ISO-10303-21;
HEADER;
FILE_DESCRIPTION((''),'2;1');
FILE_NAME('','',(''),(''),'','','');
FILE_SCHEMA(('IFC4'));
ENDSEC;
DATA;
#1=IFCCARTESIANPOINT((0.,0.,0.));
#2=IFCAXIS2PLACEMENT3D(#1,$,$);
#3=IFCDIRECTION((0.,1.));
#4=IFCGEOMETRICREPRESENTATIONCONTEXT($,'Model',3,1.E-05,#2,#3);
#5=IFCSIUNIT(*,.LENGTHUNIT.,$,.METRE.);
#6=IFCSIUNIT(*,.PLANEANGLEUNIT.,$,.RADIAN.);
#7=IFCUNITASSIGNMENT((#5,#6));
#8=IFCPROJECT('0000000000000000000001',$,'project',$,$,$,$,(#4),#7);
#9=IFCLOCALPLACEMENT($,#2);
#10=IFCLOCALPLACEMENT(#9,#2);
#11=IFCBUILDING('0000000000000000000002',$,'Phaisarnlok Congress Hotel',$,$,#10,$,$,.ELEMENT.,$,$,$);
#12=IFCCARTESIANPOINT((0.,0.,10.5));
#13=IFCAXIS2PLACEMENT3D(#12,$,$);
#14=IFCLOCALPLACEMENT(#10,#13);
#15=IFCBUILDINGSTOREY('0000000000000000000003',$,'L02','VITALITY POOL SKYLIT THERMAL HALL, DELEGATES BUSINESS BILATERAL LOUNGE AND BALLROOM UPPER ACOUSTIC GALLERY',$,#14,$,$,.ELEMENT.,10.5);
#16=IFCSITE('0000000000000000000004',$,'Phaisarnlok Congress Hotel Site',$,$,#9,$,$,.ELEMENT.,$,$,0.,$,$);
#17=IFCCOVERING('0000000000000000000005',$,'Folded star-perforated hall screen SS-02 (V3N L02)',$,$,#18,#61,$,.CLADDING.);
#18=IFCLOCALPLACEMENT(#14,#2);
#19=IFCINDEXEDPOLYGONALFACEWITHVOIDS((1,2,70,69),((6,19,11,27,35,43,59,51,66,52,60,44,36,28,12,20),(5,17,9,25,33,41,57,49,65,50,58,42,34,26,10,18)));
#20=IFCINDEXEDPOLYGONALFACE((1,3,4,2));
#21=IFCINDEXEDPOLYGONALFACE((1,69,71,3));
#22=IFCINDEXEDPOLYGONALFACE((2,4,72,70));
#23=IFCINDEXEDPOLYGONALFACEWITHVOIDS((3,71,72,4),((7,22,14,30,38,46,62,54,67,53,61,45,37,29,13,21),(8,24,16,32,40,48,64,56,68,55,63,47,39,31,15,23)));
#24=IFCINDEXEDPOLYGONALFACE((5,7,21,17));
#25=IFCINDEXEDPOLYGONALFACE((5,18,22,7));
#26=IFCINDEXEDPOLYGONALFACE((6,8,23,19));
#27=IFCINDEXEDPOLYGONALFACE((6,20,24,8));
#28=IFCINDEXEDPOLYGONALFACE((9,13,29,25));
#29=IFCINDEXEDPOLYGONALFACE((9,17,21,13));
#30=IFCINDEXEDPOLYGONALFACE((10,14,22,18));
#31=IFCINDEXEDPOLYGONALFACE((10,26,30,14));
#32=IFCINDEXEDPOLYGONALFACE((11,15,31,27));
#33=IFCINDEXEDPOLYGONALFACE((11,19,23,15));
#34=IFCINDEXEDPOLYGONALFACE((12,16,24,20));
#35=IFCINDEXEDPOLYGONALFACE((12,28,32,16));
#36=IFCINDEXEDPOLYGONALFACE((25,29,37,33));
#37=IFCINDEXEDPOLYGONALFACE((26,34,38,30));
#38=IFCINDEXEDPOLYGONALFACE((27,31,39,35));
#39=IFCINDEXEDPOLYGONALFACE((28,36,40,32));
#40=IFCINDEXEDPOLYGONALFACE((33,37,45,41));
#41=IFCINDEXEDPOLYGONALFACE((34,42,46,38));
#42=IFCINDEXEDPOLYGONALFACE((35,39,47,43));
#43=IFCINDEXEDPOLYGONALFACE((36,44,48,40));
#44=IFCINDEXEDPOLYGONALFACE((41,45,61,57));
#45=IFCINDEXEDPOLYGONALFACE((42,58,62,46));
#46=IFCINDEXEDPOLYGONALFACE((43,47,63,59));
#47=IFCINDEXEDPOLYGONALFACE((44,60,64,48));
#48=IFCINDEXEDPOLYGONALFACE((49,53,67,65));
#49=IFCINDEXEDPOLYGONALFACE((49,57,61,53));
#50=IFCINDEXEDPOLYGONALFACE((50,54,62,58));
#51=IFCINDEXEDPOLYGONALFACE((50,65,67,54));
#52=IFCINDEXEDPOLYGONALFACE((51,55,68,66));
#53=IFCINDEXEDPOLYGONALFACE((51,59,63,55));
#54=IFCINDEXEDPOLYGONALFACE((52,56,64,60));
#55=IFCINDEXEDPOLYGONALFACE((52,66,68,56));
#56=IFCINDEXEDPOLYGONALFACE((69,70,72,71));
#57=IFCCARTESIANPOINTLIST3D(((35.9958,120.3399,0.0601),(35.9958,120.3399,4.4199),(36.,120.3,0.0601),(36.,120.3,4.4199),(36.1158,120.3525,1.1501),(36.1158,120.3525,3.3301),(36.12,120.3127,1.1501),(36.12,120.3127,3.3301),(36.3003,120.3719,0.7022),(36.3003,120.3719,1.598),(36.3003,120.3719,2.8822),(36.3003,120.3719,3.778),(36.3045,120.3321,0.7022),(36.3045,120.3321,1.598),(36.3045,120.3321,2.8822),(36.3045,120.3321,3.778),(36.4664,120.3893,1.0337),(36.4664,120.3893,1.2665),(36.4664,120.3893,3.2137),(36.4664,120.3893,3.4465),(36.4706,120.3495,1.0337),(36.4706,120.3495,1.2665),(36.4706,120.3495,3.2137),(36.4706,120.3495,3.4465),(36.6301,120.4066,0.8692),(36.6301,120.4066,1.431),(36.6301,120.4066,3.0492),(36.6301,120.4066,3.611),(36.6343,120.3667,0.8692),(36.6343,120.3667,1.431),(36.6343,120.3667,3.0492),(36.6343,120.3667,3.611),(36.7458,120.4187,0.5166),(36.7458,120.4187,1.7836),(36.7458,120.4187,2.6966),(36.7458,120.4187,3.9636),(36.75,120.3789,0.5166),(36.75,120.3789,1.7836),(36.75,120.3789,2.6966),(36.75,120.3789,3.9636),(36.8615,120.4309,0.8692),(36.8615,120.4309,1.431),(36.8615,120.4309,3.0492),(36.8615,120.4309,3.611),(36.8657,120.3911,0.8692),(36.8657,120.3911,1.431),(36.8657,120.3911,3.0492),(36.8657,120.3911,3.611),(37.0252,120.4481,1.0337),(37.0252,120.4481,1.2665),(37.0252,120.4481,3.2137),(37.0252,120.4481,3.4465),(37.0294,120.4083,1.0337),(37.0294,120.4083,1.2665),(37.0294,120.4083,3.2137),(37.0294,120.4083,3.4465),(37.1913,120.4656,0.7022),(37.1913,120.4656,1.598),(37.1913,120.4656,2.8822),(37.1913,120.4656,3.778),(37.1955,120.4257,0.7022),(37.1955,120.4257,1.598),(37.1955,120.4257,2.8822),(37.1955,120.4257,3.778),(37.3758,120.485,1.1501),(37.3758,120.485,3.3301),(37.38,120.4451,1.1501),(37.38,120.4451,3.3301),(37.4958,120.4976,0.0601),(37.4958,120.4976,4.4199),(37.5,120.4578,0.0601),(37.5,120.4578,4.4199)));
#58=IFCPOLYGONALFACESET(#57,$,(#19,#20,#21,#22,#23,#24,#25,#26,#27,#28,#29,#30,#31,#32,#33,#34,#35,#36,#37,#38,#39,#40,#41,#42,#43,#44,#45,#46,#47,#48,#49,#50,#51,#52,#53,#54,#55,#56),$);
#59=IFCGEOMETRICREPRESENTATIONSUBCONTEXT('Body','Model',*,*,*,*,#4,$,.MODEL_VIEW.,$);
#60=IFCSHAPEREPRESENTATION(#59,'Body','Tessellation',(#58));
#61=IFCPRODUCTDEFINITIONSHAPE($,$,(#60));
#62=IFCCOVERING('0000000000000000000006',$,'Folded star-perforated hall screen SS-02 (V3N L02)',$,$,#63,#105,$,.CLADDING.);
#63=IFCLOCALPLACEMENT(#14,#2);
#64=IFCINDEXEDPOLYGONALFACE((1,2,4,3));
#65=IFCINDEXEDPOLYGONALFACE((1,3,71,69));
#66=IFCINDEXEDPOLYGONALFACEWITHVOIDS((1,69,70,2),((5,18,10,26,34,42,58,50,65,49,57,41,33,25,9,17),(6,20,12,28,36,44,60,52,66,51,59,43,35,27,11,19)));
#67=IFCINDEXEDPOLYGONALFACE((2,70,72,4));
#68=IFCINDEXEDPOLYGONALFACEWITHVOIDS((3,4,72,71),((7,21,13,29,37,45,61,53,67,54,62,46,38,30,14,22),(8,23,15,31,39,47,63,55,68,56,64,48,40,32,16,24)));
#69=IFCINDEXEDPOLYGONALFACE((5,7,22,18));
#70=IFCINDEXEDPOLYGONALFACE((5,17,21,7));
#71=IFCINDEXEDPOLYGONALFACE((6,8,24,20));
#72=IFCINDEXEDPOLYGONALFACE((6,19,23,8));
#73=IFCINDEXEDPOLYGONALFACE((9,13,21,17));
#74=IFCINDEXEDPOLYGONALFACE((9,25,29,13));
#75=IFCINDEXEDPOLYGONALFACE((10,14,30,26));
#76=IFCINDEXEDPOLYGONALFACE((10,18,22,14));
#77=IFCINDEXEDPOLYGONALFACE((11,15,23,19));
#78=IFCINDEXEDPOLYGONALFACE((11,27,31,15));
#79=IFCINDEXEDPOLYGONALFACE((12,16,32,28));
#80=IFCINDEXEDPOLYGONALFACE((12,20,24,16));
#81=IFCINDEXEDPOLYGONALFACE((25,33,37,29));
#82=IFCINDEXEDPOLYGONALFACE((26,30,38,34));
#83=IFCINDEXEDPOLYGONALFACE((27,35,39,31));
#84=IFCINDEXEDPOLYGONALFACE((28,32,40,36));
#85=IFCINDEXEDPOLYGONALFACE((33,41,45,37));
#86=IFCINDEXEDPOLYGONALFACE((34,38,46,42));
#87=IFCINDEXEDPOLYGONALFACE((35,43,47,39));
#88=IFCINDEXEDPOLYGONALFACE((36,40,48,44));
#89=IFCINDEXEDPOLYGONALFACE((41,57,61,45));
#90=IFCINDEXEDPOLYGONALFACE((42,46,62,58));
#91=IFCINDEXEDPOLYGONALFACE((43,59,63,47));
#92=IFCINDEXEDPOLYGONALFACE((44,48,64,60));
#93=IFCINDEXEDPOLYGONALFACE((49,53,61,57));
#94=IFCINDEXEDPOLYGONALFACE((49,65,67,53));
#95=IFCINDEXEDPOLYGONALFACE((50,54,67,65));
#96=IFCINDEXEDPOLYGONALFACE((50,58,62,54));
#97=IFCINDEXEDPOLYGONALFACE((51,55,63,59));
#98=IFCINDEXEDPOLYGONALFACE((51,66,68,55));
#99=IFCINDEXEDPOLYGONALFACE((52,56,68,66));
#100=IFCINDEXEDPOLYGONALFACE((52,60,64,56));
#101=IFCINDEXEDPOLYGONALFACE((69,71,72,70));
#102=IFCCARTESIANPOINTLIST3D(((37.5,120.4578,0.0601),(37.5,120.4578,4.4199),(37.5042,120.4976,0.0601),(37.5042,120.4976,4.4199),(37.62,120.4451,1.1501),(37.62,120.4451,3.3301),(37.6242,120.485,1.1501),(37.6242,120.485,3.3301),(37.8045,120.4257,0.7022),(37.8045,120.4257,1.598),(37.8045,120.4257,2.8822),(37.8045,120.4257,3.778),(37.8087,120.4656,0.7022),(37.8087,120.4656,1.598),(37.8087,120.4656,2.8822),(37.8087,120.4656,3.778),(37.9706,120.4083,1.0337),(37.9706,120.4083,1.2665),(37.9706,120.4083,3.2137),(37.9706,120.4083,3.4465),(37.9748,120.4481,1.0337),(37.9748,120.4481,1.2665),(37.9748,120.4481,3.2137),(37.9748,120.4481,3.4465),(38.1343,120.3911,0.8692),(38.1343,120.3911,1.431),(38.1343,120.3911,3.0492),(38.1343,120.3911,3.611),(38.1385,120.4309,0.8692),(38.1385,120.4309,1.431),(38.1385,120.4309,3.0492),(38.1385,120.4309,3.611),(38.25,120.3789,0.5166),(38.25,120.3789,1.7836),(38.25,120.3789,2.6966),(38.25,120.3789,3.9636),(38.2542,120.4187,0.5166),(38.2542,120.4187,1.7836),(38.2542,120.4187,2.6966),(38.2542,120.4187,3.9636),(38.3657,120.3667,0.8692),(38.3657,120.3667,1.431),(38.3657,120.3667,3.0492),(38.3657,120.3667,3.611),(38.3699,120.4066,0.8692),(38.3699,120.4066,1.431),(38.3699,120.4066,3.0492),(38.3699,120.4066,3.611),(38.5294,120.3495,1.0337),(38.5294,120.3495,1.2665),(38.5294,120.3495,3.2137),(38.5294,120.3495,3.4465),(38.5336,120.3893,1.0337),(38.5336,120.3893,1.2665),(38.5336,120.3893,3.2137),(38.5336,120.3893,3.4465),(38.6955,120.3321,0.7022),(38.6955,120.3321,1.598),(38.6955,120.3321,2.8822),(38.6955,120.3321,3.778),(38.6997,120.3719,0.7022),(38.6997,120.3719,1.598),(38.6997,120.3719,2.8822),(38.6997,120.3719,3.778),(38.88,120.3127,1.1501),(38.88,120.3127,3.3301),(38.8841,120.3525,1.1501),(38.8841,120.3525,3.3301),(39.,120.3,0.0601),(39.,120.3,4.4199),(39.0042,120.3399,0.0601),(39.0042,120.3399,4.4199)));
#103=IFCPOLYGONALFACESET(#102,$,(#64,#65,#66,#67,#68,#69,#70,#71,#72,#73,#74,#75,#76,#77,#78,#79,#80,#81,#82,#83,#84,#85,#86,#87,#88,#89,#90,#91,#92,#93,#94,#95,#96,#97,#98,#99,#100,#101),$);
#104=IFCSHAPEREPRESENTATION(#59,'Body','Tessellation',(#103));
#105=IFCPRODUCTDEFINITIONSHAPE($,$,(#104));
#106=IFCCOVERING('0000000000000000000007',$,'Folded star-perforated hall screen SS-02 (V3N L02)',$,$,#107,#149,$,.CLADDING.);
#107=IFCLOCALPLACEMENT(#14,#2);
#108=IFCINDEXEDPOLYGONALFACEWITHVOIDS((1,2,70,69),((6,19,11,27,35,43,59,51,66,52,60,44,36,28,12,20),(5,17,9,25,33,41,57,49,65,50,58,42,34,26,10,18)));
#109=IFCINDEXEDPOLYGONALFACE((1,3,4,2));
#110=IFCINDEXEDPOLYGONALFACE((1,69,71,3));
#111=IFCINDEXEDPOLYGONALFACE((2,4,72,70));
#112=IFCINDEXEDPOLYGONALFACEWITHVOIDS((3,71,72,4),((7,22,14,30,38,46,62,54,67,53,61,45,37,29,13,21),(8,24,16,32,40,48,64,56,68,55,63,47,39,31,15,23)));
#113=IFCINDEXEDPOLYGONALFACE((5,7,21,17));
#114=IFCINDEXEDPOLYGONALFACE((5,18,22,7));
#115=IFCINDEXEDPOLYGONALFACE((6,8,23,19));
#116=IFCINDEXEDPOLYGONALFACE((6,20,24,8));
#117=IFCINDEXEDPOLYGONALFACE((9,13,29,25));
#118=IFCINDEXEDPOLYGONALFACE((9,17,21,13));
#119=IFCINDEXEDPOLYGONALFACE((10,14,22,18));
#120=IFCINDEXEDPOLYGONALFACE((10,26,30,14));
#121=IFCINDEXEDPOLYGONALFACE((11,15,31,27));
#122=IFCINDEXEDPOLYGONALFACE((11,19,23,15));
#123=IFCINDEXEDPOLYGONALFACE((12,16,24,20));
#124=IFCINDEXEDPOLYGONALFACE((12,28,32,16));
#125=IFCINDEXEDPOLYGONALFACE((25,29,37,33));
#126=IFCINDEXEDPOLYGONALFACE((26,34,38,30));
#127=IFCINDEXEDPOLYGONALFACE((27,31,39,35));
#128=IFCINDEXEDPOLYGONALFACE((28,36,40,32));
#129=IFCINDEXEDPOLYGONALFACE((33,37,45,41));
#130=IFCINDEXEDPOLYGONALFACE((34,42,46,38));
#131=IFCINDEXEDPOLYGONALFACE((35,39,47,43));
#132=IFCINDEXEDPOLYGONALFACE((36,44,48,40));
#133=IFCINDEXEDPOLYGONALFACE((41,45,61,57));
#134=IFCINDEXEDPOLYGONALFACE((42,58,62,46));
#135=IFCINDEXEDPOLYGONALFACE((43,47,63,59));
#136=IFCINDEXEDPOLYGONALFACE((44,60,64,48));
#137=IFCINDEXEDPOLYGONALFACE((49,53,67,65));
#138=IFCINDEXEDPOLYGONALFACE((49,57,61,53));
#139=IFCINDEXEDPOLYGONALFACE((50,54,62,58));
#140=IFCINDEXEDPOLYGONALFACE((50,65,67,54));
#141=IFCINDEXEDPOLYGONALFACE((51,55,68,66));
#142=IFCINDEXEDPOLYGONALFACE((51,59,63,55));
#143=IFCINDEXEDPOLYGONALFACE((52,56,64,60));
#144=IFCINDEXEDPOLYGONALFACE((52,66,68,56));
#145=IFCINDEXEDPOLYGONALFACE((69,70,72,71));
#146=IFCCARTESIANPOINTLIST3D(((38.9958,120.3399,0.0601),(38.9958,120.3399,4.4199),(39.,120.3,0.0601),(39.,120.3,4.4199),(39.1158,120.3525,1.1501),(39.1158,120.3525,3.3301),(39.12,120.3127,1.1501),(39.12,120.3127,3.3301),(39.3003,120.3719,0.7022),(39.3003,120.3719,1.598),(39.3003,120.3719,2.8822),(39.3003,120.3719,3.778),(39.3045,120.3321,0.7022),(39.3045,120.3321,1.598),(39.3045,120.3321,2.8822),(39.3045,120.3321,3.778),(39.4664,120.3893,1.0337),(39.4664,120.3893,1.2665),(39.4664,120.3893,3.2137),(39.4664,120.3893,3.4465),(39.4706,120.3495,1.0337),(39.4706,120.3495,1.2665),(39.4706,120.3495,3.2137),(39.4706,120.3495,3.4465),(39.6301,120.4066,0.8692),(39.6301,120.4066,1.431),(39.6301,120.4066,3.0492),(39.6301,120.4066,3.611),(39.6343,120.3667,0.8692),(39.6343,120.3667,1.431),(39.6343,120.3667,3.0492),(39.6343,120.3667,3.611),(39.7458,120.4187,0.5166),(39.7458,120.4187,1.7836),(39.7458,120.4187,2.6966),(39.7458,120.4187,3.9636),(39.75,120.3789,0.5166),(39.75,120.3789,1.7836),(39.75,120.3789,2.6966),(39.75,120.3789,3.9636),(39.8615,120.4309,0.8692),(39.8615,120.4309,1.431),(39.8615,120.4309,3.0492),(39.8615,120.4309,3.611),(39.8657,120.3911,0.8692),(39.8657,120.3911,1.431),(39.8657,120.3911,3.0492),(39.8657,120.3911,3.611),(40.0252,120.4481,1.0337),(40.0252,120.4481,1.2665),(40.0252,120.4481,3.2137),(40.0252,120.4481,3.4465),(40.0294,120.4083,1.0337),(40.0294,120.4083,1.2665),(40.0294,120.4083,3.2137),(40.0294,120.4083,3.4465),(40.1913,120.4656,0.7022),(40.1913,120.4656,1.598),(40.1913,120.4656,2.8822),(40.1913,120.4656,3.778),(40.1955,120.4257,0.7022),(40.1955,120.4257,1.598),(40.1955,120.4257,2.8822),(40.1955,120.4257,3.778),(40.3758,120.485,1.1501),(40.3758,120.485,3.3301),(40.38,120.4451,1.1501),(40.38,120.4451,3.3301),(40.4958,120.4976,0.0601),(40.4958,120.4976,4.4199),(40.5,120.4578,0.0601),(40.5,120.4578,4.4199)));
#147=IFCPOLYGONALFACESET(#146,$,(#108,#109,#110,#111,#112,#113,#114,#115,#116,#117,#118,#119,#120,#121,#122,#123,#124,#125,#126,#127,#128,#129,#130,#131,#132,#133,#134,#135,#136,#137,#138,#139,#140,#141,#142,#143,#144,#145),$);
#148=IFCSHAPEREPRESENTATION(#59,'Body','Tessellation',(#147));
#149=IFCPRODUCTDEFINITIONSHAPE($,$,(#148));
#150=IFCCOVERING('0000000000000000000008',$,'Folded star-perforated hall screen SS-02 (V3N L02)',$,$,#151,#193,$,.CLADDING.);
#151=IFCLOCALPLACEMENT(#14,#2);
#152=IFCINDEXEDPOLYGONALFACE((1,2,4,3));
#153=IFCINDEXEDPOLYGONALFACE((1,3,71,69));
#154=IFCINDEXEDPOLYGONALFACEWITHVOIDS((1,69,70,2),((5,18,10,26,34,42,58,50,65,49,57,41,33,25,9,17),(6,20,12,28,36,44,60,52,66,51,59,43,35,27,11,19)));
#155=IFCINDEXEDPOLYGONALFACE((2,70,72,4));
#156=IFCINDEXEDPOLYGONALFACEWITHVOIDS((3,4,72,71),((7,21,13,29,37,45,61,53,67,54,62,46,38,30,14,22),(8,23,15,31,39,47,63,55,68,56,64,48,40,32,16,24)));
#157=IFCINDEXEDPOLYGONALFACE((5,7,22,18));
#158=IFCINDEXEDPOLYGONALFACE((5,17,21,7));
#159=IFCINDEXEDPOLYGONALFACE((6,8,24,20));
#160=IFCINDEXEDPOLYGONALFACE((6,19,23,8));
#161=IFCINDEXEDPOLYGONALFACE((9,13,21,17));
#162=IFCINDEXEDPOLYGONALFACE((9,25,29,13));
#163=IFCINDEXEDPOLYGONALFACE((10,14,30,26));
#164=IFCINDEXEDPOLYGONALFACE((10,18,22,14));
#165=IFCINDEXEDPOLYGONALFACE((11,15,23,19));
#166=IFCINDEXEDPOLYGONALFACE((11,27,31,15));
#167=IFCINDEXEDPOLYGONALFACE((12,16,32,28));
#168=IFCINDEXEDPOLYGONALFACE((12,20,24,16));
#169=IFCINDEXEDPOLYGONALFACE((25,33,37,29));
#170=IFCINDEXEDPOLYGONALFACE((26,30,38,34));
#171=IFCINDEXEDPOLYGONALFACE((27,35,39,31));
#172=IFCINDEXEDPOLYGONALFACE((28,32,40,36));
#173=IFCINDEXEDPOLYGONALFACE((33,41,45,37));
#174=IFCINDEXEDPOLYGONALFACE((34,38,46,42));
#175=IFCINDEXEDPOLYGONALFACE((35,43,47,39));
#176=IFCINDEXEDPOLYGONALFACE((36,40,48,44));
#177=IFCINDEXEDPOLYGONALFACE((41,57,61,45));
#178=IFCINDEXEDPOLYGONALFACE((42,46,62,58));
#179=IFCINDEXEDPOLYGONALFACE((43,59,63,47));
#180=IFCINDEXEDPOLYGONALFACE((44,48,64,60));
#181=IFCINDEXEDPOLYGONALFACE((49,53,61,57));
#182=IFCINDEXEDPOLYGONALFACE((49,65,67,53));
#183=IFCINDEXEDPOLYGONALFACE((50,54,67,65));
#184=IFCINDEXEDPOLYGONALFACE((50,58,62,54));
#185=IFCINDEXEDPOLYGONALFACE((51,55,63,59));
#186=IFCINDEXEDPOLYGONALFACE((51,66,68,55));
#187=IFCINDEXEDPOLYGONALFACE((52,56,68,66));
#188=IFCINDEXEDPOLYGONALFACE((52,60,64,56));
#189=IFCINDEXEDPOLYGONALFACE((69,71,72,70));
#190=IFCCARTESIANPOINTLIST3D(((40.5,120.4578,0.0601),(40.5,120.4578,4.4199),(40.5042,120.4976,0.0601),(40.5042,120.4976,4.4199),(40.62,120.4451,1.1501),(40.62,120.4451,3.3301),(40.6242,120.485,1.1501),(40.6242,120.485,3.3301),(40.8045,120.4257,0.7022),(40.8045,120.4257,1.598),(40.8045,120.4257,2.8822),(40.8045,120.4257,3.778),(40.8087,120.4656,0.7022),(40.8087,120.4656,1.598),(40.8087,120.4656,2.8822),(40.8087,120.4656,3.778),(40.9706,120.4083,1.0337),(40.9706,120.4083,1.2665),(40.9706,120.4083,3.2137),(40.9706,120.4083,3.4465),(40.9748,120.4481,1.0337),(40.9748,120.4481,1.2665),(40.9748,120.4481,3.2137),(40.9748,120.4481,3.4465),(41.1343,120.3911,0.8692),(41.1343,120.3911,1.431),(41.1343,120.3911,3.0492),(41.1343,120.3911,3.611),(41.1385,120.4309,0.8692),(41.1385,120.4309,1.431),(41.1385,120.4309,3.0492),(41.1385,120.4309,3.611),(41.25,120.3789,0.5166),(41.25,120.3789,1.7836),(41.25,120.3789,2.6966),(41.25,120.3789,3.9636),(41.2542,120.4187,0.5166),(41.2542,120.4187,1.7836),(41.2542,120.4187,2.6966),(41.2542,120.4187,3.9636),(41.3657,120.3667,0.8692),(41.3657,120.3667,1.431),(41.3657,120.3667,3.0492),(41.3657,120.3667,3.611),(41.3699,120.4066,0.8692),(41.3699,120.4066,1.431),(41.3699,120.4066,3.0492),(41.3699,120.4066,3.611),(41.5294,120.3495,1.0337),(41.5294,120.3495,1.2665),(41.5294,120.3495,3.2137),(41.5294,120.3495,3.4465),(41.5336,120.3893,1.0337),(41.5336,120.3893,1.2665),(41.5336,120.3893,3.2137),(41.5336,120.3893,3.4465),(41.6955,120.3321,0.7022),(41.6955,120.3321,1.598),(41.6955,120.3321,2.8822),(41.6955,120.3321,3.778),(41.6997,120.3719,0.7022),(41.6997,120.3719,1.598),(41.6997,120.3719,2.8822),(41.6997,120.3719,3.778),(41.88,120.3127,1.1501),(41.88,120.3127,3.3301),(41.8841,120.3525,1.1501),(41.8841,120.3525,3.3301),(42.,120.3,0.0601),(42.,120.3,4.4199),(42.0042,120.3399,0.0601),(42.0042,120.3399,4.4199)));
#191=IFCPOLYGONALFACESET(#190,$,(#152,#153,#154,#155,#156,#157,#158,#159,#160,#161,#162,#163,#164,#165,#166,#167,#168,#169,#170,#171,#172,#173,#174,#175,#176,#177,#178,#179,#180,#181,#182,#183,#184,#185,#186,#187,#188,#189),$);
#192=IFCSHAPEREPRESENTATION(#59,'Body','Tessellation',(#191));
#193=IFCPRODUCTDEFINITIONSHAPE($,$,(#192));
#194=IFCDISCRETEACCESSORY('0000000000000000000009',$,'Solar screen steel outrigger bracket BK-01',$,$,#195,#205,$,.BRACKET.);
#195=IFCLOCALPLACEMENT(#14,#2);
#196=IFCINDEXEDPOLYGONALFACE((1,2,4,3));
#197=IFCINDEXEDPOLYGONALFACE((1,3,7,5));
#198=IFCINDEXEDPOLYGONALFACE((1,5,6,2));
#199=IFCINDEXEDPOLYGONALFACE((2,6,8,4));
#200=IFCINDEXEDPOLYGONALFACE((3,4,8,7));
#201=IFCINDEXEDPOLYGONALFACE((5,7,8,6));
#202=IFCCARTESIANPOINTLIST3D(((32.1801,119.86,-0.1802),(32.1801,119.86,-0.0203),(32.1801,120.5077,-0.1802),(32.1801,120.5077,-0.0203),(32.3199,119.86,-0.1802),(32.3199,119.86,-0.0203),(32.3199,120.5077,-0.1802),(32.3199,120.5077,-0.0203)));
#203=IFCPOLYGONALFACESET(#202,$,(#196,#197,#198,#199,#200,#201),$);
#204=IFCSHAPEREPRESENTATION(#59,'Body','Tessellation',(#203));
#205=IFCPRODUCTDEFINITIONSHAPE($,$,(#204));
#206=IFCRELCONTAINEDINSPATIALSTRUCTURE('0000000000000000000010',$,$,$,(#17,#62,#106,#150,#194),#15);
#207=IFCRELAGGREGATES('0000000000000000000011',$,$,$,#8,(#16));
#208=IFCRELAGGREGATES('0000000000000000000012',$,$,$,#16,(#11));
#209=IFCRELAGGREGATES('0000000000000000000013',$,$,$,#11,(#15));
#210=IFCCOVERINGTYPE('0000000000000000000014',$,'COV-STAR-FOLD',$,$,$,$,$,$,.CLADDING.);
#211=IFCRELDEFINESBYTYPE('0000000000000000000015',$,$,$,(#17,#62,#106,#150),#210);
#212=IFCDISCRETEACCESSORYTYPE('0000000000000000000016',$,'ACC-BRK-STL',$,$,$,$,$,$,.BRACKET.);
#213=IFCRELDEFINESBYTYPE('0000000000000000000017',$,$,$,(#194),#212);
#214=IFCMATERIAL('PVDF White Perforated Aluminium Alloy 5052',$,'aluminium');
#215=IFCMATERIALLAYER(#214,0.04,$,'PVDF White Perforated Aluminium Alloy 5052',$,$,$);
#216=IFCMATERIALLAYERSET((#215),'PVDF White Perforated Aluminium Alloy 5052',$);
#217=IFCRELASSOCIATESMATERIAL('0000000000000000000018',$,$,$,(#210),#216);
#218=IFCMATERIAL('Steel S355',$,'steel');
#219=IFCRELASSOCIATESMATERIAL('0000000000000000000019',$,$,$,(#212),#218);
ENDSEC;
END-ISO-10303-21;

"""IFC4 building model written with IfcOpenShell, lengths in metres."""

from ifc_helpers import new_model, si_unit, direction, frame, origin, origin_2d, place, context, subcontext, project, spatial, polyline, rectangle, outline, extrude, material, layer, layer_set, type_object, element, save


model = new_model("IFC4")

# Units and contexts
model_context = context("Model", 3, precision=1e-05, world=origin(), true_north=direction((0.0, 1.0)))
body_context = subcontext(model_context, "Body", "Model", "MODEL_VIEW")
ifc_project = project(units=[si_unit("LENGTHUNIT", "METRE"), si_unit("PLANEANGLEUNIT", "RADIAN")], contexts=[model_context])

# Site, building, storey
site_placement = place(None, origin())
site = spatial("IfcSite", under=ifc_project, at=site_placement, Name="Phaisarnlok Congress Hotel Site", CompositionType="ELEMENT", RefElevation=0.0)
building_placement = place(site_placement, origin())
building = spatial("IfcBuilding", under=site, at=building_placement, Name="Phaisarnlok Congress Hotel", CompositionType="ELEMENT")
storey_placement = place(building_placement, frame((0.0, 0.0, 10.5)))
storey = spatial("IfcBuildingStorey", under=building, at=storey_placement, Name="L02", Description="VITALITY POOL SKYLIT THERMAL HALL, DELEGATES BUSINESS BILATERAL LOUNGE AND BALLROOM UPPER ACOUSTIC GALLERY", CompositionType="ELEMENT", Elevation=10.5)

# Shared definitions
ifc_material_1 = material(Name="Steel S355", Category="steel")

# Coverings
ifc_material_2 = material(Name="PVDF White Perforated Aluminium Alloy 5052", Category="aluminium")
ifc_layer_1 = layer(ifc_material_2, 0.04, Name="PVDF White Perforated Aluminium Alloy 5052")
ifc_layer_set_1 = layer_set([ifc_layer_1], Name="PVDF White Perforated Aluminium Alloy 5052")
covering_type = type_object("IfcCoveringType", Name="COV-STAR-FOLD", PredefinedType="CLADDING", material=ifc_layer_set_1)
for number, where, z_axis, x_axis, name in (
    (1, (37.5, 120.4578, 0.0601), (-0.104567, 0.994518, 0.0), (-0.994518, -0.104567, 0.0), "Folded star-perforated hall screen SS-02 (V3N L02)"),
    (2, (39.0, 120.3, 0.0601), (0.104567, 0.994518, 0.0), (-0.994518, 0.104567, 0.0), "Folded star-perforated hall screen SS-02 (V3N L02)"),
    (3, (40.5, 120.4578, 0.0601), (-0.104567, 0.994518, 0.0), (-0.994518, -0.104567, 0.0), "Folded star-perforated hall screen SS-02 (V3N L02)"),
    (4, (42.0, 120.3, 0.0601), (0.104567, 0.994518, 0.0), (-0.994518, 0.104567, 0.0), "Folded star-perforated hall screen SS-02 (V3N L02)"),
):
    element("IfcCovering", number, at=place(storey_placement, frame(where, z_axis=z_axis, x_axis=x_axis)), inside=storey, type_object=covering_type, Name=name, PredefinedType="CLADDING", context=body_context, shape_type="SweptSolid", body=[
        extrude(outline(polyline([(0.0, 0.0), (1.5083, 0.0), (1.5083, 4.3599), (0.0, 4.3599), (0.0, 0.0)]), holes=[polyline([(1.0351, 0.9736), (1.2021, 0.6421), (0.8705, 0.8091), (0.7541, 0.4565), (0.6378, 0.8091), (0.3062, 0.6421), (0.4732, 0.9736), (0.1207, 1.09), (0.4732, 1.2064), (0.3062, 1.5379), (0.6378, 1.3709), (0.7541, 1.7235), (0.8705, 1.3709), (1.2021, 1.5379), (1.0351, 1.2064), (1.3876, 1.09), (1.0351, 0.9736)]), polyline([(1.0351, 3.1536), (1.2021, 2.8221), (0.8705, 2.9891), (0.7541, 2.6365), (0.6378, 2.9891), (0.3062, 2.8221), (0.4732, 3.1536), (0.1207, 3.27), (0.4732, 3.3864), (0.3062, 3.7179), (0.6378, 3.5509), (0.7541, 3.9035), (0.8705, 3.5509), (1.2021, 3.7179), (1.0351, 3.3864), (1.3876, 3.27), (1.0351, 3.1536)])]), origin(), (0.0, 0.0, 1.0), 0.04),
    ])

# Discrete accessory
discrete_accessory_type = type_object("IfcDiscreteAccessoryType", Name="ACC-BRK-STL", PredefinedType="BRACKET", material=ifc_material_1)
for number, where, z_axis, x_axis, name in (
    (5, (32.25, 120.1838, -0.1802), (0.0, 0.0, 1.0), (1.0, 0.0, 0.0), "Solar screen steel outrigger bracket BK-01"),
):
    element("IfcDiscreteAccessory", number, at=place(storey_placement, frame(where, z_axis=z_axis, x_axis=x_axis)), inside=storey, type_object=discrete_accessory_type, Name=name, PredefinedType="BRACKET", context=body_context, shape_type="SweptSolid", body=[
        extrude(rectangle(XDim=0.1399, YDim=0.6477, at=origin_2d()), origin(), (0.0, 0.0, 1.0), 0.1599),
    ])

save(model, "model.ifc")
